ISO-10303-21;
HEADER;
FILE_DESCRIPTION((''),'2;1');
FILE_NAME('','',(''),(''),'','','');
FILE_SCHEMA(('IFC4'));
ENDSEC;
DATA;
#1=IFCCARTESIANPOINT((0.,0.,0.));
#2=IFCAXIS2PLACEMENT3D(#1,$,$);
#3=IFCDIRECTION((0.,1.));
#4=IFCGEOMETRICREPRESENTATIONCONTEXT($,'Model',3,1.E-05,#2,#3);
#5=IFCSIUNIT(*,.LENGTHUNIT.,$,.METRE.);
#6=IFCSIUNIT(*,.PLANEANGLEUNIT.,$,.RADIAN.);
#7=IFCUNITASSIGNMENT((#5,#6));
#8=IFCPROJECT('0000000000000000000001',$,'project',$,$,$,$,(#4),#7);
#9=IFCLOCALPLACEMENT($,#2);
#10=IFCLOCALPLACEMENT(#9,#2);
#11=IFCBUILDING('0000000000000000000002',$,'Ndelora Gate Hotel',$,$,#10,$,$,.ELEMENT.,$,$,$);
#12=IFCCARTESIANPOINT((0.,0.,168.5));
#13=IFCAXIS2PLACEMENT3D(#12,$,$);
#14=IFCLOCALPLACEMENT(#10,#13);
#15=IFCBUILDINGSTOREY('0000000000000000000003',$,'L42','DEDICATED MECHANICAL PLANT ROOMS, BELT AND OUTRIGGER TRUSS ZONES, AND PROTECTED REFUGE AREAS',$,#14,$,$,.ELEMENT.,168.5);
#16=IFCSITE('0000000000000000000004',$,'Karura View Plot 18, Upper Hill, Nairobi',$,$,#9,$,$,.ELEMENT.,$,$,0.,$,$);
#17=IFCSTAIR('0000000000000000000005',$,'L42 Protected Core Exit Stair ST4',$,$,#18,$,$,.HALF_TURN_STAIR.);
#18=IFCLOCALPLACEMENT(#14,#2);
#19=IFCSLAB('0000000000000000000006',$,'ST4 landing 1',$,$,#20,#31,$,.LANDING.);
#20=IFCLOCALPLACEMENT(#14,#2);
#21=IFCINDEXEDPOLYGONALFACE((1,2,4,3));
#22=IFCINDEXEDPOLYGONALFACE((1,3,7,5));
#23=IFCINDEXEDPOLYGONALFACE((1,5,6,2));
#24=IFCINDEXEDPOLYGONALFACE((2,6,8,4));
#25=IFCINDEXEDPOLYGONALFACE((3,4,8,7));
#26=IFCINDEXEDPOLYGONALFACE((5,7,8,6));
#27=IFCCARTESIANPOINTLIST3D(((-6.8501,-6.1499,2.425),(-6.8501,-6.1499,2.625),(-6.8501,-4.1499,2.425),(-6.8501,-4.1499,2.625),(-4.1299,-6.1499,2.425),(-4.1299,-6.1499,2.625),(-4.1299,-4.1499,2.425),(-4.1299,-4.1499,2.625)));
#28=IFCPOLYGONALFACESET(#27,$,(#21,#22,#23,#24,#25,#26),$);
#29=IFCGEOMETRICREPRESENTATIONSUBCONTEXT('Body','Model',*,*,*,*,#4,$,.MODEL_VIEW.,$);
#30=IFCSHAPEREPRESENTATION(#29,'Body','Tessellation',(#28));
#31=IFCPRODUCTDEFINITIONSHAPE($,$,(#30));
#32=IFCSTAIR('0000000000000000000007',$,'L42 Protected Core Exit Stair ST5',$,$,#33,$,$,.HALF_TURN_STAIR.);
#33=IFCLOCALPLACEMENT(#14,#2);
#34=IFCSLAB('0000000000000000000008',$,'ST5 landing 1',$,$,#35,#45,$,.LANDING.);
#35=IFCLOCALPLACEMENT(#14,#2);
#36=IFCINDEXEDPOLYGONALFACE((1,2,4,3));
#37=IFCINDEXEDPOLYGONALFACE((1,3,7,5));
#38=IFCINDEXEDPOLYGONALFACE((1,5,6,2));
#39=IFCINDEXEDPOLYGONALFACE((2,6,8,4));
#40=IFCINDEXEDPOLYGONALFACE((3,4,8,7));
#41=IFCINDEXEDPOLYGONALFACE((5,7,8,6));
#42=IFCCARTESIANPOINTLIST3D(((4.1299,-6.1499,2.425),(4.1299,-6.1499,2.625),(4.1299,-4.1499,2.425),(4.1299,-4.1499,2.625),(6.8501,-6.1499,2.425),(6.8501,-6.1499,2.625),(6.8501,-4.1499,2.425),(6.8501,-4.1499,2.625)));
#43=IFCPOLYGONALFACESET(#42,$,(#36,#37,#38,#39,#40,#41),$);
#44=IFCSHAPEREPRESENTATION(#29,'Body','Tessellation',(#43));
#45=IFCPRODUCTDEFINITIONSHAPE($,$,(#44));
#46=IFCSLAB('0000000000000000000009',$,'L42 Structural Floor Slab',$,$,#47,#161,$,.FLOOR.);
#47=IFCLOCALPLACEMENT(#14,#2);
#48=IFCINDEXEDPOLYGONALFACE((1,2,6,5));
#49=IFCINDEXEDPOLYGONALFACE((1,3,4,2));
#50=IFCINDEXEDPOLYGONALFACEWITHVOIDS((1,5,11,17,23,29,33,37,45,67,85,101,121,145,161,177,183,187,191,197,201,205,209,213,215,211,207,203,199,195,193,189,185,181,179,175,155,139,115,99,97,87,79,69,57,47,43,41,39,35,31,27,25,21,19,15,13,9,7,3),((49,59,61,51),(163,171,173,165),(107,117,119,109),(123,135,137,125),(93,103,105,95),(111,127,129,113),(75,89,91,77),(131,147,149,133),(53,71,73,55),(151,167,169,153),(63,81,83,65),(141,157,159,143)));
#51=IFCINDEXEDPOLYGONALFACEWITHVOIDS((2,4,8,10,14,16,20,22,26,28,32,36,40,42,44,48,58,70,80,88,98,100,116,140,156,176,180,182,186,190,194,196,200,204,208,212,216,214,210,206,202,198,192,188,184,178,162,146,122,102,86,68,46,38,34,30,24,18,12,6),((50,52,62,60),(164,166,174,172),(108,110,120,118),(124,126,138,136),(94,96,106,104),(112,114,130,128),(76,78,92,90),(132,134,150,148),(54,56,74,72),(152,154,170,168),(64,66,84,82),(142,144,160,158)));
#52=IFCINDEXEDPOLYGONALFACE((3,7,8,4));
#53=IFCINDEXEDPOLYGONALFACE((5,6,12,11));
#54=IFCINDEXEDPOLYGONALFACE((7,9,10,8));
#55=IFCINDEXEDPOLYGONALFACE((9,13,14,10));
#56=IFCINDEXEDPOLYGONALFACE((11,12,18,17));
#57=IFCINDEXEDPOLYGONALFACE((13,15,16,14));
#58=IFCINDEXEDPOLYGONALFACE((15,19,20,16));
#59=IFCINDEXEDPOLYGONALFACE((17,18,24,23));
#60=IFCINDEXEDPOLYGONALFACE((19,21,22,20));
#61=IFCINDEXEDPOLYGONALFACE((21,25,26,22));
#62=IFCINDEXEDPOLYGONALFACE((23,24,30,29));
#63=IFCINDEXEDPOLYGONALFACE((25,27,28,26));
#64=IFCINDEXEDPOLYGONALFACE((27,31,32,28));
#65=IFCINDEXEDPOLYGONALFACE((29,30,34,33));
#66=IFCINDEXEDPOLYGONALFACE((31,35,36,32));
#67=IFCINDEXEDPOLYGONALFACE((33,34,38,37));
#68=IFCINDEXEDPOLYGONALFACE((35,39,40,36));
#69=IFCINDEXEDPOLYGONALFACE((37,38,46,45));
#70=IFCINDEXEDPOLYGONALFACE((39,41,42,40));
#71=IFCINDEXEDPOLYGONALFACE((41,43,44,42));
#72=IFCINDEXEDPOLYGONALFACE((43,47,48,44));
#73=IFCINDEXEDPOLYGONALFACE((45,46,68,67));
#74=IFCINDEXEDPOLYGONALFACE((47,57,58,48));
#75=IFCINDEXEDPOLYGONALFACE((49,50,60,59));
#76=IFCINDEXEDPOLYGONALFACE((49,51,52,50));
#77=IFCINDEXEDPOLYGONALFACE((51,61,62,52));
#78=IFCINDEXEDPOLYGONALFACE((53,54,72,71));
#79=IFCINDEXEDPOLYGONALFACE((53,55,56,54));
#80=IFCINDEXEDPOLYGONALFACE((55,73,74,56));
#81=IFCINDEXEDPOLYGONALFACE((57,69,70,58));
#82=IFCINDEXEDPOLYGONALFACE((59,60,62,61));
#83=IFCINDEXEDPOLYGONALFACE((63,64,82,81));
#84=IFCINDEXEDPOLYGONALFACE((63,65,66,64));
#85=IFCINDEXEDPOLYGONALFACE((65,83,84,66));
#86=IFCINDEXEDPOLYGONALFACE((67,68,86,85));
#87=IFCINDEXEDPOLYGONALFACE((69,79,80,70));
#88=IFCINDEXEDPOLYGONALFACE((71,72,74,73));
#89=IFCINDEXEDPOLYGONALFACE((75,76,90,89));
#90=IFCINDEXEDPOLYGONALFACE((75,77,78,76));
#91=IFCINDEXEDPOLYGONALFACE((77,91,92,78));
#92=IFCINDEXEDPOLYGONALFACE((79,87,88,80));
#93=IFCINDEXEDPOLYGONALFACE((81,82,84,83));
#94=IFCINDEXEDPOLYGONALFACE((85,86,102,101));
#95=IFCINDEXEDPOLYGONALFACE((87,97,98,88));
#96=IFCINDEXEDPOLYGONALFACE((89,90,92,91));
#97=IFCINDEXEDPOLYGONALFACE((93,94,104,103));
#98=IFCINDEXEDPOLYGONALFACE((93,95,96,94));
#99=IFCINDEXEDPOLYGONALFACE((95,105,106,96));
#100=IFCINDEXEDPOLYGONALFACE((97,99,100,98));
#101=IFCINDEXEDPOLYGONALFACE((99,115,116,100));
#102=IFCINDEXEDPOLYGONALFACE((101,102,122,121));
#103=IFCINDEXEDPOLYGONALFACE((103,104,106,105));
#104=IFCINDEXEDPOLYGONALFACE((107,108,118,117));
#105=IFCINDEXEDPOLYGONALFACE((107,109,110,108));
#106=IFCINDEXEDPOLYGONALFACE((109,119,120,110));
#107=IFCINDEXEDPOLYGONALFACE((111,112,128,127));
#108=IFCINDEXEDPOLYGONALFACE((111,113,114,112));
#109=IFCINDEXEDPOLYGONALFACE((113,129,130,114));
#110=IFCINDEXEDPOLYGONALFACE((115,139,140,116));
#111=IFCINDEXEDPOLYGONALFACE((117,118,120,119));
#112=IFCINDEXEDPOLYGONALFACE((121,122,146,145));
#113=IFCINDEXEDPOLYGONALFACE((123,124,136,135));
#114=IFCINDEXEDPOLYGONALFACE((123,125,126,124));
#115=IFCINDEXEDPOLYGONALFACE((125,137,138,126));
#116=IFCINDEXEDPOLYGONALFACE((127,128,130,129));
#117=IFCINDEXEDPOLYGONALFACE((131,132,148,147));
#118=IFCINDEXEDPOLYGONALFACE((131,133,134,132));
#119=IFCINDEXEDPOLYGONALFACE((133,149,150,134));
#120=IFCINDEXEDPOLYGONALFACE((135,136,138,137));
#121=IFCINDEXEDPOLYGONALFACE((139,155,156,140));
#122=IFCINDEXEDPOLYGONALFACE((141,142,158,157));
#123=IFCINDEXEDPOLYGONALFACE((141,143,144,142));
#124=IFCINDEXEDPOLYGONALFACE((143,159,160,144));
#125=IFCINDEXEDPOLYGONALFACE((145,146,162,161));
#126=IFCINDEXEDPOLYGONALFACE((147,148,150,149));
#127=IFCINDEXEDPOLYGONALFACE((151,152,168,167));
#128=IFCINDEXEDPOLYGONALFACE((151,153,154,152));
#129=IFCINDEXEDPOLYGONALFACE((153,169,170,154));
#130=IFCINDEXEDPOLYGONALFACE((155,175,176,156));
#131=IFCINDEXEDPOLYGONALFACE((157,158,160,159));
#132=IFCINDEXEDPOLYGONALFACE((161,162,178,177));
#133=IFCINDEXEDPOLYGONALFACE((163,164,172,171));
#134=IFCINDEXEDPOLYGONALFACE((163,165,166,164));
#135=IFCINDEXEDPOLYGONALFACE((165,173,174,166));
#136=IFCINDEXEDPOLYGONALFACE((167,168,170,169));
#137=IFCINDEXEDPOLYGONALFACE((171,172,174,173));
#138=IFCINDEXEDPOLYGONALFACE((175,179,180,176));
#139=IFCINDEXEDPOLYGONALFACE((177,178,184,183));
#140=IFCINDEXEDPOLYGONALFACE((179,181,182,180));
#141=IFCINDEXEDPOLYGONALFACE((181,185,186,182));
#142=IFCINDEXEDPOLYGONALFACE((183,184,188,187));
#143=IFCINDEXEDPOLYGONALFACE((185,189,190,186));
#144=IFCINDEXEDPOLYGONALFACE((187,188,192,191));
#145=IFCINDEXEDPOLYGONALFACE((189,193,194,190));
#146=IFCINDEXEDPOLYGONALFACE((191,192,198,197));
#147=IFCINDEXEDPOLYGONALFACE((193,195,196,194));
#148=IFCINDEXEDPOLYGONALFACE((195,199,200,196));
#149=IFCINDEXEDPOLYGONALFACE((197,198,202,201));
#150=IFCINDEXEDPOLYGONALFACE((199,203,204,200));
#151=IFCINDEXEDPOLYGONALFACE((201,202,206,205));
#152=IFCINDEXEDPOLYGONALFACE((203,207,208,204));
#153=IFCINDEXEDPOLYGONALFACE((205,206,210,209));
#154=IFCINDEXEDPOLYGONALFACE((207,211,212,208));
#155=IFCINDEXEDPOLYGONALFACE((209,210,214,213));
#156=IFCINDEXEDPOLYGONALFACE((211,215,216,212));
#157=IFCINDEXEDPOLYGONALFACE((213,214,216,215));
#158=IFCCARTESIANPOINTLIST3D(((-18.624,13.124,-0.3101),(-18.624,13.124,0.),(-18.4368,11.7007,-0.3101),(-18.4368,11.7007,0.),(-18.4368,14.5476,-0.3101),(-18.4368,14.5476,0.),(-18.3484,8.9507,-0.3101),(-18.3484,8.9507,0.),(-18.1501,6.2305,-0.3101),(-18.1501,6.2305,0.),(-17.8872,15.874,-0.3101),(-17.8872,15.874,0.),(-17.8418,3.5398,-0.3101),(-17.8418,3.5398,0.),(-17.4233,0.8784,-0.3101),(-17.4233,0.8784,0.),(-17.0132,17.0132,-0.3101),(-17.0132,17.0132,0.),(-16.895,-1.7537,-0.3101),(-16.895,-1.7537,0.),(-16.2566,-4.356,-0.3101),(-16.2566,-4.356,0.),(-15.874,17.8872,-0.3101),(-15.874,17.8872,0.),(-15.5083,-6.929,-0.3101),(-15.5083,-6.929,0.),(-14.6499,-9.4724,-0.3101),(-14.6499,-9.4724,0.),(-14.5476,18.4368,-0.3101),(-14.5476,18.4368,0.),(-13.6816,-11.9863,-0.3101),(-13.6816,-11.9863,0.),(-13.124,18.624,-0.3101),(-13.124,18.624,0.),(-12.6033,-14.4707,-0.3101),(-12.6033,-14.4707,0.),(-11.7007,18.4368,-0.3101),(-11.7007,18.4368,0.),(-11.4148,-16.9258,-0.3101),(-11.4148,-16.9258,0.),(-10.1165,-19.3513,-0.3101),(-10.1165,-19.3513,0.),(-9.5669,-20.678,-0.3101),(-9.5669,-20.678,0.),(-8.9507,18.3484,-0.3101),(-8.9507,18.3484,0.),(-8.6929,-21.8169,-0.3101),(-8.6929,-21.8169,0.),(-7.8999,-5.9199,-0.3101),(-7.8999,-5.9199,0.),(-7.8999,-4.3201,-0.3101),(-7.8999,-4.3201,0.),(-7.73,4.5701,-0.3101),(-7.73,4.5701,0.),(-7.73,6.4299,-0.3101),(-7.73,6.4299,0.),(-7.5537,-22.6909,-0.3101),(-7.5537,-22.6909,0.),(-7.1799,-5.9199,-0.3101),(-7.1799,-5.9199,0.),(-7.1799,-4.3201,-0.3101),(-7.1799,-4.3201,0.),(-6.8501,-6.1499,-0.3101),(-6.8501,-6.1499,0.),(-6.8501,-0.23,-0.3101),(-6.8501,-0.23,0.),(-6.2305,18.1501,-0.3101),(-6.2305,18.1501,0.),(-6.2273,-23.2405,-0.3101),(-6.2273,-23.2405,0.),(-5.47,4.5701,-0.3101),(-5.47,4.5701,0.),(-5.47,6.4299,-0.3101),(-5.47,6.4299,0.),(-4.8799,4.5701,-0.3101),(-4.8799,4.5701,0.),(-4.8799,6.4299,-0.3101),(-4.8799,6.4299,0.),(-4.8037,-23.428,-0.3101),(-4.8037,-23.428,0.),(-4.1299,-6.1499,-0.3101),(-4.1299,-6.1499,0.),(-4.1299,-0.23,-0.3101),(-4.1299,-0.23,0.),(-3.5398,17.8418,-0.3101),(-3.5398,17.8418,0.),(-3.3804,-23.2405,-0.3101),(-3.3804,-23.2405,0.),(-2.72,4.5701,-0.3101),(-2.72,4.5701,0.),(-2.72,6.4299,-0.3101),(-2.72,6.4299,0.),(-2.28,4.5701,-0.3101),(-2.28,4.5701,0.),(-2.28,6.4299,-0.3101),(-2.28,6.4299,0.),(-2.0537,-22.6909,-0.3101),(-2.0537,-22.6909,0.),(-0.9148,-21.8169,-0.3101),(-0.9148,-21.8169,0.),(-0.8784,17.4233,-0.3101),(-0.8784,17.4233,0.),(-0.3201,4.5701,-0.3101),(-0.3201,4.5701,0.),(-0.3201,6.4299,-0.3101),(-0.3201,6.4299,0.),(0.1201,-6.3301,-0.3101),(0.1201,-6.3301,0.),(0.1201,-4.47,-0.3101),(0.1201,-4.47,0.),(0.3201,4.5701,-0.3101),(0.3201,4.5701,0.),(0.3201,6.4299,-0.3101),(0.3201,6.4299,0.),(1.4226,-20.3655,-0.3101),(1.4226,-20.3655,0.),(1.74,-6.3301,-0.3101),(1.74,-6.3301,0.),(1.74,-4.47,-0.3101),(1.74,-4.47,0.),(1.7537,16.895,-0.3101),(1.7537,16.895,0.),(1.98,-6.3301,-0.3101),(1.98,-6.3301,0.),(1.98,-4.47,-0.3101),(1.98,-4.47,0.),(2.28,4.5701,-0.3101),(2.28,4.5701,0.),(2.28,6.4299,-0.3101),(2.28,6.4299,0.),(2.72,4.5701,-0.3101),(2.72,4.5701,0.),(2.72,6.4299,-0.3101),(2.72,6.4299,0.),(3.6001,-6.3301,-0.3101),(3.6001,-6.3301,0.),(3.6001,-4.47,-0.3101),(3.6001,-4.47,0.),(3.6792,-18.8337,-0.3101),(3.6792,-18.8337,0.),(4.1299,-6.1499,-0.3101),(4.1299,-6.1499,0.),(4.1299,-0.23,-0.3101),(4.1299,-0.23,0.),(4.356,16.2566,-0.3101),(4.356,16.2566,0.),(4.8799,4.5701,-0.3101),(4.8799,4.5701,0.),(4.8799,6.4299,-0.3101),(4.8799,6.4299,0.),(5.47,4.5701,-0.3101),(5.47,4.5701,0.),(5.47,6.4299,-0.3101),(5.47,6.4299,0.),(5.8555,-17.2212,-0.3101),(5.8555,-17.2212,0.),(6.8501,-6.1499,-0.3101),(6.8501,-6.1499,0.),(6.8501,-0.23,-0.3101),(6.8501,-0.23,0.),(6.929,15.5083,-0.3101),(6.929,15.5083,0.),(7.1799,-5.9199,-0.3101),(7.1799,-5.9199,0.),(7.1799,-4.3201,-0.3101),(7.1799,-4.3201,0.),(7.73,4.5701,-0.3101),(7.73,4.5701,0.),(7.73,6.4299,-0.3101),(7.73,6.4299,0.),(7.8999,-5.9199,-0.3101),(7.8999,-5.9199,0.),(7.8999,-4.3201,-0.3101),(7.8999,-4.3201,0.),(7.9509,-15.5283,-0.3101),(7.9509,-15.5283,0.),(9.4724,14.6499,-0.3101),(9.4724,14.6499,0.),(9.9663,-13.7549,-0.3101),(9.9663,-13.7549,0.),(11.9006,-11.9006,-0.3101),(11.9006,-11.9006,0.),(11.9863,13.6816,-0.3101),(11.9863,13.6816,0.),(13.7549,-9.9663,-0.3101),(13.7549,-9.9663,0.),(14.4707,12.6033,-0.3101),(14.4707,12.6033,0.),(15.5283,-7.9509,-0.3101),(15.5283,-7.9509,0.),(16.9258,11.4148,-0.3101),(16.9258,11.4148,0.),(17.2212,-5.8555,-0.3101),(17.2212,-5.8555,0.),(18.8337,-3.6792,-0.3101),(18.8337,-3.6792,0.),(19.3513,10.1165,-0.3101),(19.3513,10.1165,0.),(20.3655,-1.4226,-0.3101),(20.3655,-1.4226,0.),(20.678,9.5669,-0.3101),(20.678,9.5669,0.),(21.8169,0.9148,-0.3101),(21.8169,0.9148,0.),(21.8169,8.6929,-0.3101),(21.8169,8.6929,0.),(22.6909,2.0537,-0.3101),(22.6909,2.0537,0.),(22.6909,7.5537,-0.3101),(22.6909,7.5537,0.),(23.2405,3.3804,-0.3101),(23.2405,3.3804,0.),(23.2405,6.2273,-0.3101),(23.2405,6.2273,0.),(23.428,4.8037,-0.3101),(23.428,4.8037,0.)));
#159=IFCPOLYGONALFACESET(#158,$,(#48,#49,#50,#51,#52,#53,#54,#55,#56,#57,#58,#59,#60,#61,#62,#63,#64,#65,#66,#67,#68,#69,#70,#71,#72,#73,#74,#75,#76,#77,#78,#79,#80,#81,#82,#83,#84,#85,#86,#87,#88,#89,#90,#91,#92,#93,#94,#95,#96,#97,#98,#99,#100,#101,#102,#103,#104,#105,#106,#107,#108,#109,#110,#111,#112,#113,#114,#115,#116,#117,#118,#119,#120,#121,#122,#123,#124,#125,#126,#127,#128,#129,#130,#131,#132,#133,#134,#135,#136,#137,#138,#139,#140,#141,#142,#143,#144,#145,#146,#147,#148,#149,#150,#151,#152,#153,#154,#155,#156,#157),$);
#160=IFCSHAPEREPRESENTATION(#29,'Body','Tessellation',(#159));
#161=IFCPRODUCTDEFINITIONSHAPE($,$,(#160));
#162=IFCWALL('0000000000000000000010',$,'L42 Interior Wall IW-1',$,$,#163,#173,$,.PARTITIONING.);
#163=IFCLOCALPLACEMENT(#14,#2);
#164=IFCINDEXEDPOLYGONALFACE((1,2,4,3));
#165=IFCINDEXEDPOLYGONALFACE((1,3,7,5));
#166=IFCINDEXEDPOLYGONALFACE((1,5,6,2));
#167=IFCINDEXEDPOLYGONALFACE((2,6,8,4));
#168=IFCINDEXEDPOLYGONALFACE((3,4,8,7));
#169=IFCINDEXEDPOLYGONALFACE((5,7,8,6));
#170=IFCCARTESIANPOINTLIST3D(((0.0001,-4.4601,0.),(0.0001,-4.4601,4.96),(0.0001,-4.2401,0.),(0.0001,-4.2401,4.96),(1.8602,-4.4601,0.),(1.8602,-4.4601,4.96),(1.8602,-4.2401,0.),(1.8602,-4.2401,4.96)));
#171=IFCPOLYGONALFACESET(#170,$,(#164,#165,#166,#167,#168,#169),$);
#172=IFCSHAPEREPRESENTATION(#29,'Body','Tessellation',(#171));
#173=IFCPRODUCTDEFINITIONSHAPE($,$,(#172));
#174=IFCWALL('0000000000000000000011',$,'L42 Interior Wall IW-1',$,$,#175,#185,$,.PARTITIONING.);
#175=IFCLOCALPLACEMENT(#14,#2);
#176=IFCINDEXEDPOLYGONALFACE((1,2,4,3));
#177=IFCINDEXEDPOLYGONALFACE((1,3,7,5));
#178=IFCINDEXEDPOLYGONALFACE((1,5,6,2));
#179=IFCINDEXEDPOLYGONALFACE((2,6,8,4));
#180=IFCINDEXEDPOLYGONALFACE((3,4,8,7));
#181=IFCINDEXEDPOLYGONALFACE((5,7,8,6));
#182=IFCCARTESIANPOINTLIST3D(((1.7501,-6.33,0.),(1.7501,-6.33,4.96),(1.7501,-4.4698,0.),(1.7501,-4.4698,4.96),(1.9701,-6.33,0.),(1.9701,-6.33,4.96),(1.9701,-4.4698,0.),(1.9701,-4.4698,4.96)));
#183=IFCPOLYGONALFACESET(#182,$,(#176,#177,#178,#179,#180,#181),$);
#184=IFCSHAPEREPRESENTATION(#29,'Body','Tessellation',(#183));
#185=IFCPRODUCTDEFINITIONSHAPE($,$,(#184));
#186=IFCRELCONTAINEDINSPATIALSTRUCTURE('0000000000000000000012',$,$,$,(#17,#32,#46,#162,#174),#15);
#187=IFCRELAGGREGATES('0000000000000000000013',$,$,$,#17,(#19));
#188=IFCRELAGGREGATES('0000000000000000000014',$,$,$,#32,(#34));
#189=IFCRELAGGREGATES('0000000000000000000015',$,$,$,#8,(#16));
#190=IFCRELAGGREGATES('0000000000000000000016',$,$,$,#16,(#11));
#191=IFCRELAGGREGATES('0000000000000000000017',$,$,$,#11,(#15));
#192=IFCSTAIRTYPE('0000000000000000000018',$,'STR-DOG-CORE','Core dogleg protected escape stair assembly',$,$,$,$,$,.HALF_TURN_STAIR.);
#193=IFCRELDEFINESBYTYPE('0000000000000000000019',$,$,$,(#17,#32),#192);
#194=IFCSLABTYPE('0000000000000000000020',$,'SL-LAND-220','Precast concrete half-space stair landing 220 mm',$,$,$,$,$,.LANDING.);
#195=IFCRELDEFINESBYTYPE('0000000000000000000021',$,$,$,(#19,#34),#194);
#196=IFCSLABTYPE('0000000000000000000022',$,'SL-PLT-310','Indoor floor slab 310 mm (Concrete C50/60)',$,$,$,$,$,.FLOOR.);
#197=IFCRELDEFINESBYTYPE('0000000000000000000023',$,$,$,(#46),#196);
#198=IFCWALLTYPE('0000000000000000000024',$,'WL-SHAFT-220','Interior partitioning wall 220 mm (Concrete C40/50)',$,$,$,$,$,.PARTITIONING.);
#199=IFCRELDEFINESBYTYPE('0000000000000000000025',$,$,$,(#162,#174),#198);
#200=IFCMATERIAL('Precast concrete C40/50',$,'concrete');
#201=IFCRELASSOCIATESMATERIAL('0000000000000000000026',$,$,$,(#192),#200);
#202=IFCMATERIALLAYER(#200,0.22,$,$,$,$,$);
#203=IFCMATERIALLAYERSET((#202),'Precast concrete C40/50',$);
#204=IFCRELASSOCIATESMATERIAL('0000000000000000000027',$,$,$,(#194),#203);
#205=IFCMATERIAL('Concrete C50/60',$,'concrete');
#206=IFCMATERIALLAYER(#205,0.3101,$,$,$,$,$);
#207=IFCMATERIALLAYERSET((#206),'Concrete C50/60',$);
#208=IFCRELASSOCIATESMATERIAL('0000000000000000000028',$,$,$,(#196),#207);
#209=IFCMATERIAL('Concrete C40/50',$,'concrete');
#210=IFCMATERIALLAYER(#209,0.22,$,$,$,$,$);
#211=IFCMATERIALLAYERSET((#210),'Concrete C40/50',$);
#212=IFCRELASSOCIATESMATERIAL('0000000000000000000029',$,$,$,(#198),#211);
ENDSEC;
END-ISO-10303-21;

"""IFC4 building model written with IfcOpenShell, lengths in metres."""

from ifc_helpers import new_model, si_unit, direction, frame, frame_2d, origin, place, context, subcontext, project, spatial, polyline, rectangle, outline, extrude, material, layer, layer_set, type_object, element, aggregate, save


model = new_model("IFC4")

# Units and contexts
model_context = context("Model", 3, precision=1e-05, world=origin(), true_north=direction((0.0, 1.0)))
body_context = subcontext(model_context, "Body", "Model", "MODEL_VIEW")
ifc_project = project(units=[si_unit("LENGTHUNIT", "METRE"), si_unit("PLANEANGLEUNIT", "RADIAN")], contexts=[model_context])

# Site, building, storey
site_placement = place(None, origin())
site = spatial("IfcSite", under=ifc_project, at=site_placement, Name="Karura View Plot 18, Upper Hill, Nairobi", CompositionType="ELEMENT", RefElevation=0.0)
building_placement = place(site_placement, origin())
building = spatial("IfcBuilding", under=site, at=building_placement, Name="Ndelora Gate Hotel", CompositionType="ELEMENT")
storey_placement = place(building_placement, frame((0.0, 0.0, 168.5)))
storey = spatial("IfcBuildingStorey", under=building, at=storey_placement, Name="L42", Description="DEDICATED MECHANICAL PLANT ROOMS, BELT AND OUTRIGGER TRUSS ZONES, AND PROTECTED REFUGE AREAS", CompositionType="ELEMENT", Elevation=168.5)

# Stairs, slabs
ifc_material_1 = material(Name="Precast concrete C40/50", Category="concrete")
stair_type = type_object("IfcStairType", Name="STR-DOG-CORE", Description="Core dogleg protected escape stair assembly", PredefinedType="HALF_TURN_STAIR", material=ifc_material_1)
stair_1_placement = place(storey_placement, origin())
stair_1 = element("IfcStair", 1, at=stair_1_placement, inside=storey, type_object=stair_type, Name="L42 Protected Core Exit Stair ST4", PredefinedType="HALF_TURN_STAIR")
ifc_layer_1 = layer(ifc_material_1, 0.22)
ifc_layer_set_1 = layer_set([ifc_layer_1], Name="Precast concrete C40/50")
slab_type_1 = type_object("IfcSlabType", Name="SL-LAND-220", Description="Precast concrete half-space stair landing 220 mm", PredefinedType="LANDING", material=ifc_layer_set_1)
slab_1_placement = place(storey_placement, frame((0.0, 0.0, 2.425)))
slab_1 = element("IfcSlab", 2, at=slab_1_placement, type_object=slab_type_1, Name="ST4 landing 1", PredefinedType="LANDING", context=body_context, shape_type="SweptSolid", body=[
    extrude(outline(polyline([(-6.8501, -4.1499), (-6.8501, -6.1499), (-4.1299, -6.1499), (-4.1299, -4.1499), (-6.8501, -4.1499)])), origin(), (0.0, 0.0, 1.0), 0.2),
])
aggregate(stair_1, [slab_1])
stair_2_placement = place(storey_placement, origin())
stair_2 = element("IfcStair", 3, at=stair_2_placement, inside=storey, type_object=stair_type, Name="L42 Protected Core Exit Stair ST5", PredefinedType="HALF_TURN_STAIR")
slab_2_placement = place(storey_placement, frame((0.0, 0.0, 2.425)))
slab_2 = element("IfcSlab", 4, at=slab_2_placement, type_object=slab_type_1, Name="ST5 landing 1", PredefinedType="LANDING", context=body_context, shape_type="SweptSolid", body=[
    extrude(outline(polyline([(4.1299, -4.1499), (4.1299, -6.1499), (6.8501, -6.1499), (6.8501, -4.1499), (4.1299, -4.1499)])), origin(), (0.0, 0.0, 1.0), 0.2),
])

# Slab
ifc_material_2 = material(Name="Concrete C50/60", Category="concrete")
ifc_layer_2 = layer(ifc_material_2, 0.3101)
ifc_layer_set_2 = layer_set([ifc_layer_2], Name="Concrete C50/60")
slab_type_2 = type_object("IfcSlabType", Name="SL-PLT-310", Description="Indoor floor slab 310 mm (Concrete C50/60)", PredefinedType="FLOOR", material=ifc_layer_set_2)
slab_3_placement = place(storey_placement, frame((0.0, 0.0, -0.3101)))
element("IfcSlab", 5, at=slab_3_placement, inside=storey, type_object=slab_type_2, Name="L42 Structural Floor Slab", PredefinedType="FLOOR", context=body_context, shape_type="SweptSolid", body=[
    extrude(outline(polyline([(-11.7007, 18.4368), (-13.124, 18.624), (-14.5476, 18.4368), (-15.874, 17.8872), (-17.0132, 17.0132), (-17.8872, 15.874), (-18.4368, 14.5476), (-18.624, 13.124), (-18.4368, 11.7007), (-18.3484, 8.9507), (-18.1501, 6.2305), (-17.8418, 3.5398), (-17.4233, 0.8784), (-16.895, -1.7537), (-16.2566, -4.356), (-15.5083, -6.929), (-14.6499, -9.4724), (-13.6816, -11.9863), (-12.6033, -14.4707), (-11.4148, -16.9258), (-10.1165, -19.3513), (-9.5669, -20.678), (-8.6929, -21.8169), (-7.5537, -22.6909), (-6.2273, -23.2405), (-4.8037, -23.428), (-3.3804, -23.2405), (-2.0537, -22.6909), (-0.9148, -21.8169), (1.4226, -20.3655), (3.6792, -18.8337), (5.8555, -17.2212), (7.9509, -15.5283), (9.9663, -13.7549), (11.9006, -11.9006), (13.7549, -9.9663), (15.5283, -7.9509), (17.2212, -5.8555), (18.8337, -3.6792), (20.3655, -1.4226), (21.8169, 0.9148), (22.6909, 2.0537), (23.2405, 3.3804), (23.428, 4.8037), (23.2405, 6.2273), (22.6909, 7.5537), (21.8169, 8.6929), (20.678, 9.5669), (19.3513, 10.1165), (16.9258, 11.4148), (14.4707, 12.6033), (11.9863, 13.6816), (9.4724, 14.6499), (6.929, 15.5083), (4.356, 16.2566), (1.7537, 16.895), (-0.8784, 17.4233), (-3.5398, 17.8418), (-6.2305, 18.1501), (-8.9507, 18.3484), (-11.7007, 18.4368)]), holes=[polyline([(-6.8501, -0.23), (-6.8501, -6.1499), (-4.1299, -6.1499), (-4.1299, -0.23), (-6.8501, -0.23)]), polyline([(4.1299, -0.23), (4.1299, -6.1499), (6.8501, -6.1499), (6.8501, -0.23), (4.1299, -0.23)]), polyline([(-7.73, 4.5701), (-5.47, 4.5701), (-5.47, 6.4299), (-7.73, 6.4299), (-7.73, 4.5701)]), polyline([(5.47, 4.5701), (7.73, 4.5701), (7.73, 6.4299), (5.47, 6.4299), (5.47, 4.5701)]), polyline([(-4.8799, 4.5701), (-2.72, 4.5701), (-2.72, 6.4299), (-4.8799, 6.4299), (-4.8799, 4.5701)]), polyline([(2.72, 4.5701), (4.8799, 4.5701), (4.8799, 6.4299), (2.72, 6.4299), (2.72, 4.5701)]), polyline([(0.1201, -6.3301), (1.74, -6.3301), (1.74, -4.47), (0.1201, -4.47), (0.1201, -6.3301)]), polyline([(1.98, -6.3301), (3.6001, -6.3301), (3.6001, -4.47), (1.98, -4.47), (1.98, -6.3301)]), polyline([(-2.28, 4.5701), (-0.3201, 4.5701), (-0.3201, 6.4299), (-2.28, 6.4299), (-2.28, 4.5701)]), polyline([(0.3201, 4.5701), (2.28, 4.5701), (2.28, 6.4299), (0.3201, 6.4299), (0.3201, 4.5701)]), polyline([(-7.8999, -5.9199), (-7.1799, -5.9199), (-7.1799, -4.3201), (-7.8999, -4.3201), (-7.8999, -5.9199)]), polyline([(7.1799, -5.9199), (7.8999, -5.9199), (7.8999, -4.3201), (7.1799, -4.3201), (7.1799, -5.9199)])]), origin(), (0.0, 0.0, 1.0), 0.3101),
])

# Walls
ifc_material_3 = material(Name="Concrete C40/50", Category="concrete")
ifc_layer_3 = layer(ifc_material_3, 0.22)
ifc_layer_set_3 = layer_set([ifc_layer_3], Name="Concrete C40/50")
wall_type_1 = type_object("IfcWallType", Name="WL-SHAFT-220", Description="Interior partitioning wall 220 mm (Concrete C40/50)", PredefinedType="PARTITIONING", material=ifc_layer_set_3)
for number, where, z_axis, x_axis, name in (
    (6, (0.0, -4.3501, 0.0), (0.0, 0.0, 1.0), (1.0, 0.0, 0.0), "L42 Interior Wall IW-1"),
    (7, (1.8601, -6.3301, 0.0), (0.0, 0.0, 1.0), (0.0, 1.0, 0.0), "L42 Interior Wall IW-1"),
):
    element("IfcWall", number, at=place(storey_placement, frame(where, z_axis=z_axis, x_axis=x_axis)), inside=storey, type_object=wall_type_1, Name=name, PredefinedType="PARTITIONING", context=body_context, shape_type="SweptSolid", body=[
        extrude(rectangle(XDim=1.8601, YDim=0.22, at=frame_2d((0.9302, 0.0))), origin(), (0.0, 0.0, 1.0), 4.96),
    ])

aggregate(stair_2, [slab_2])

save(model, "model.ifc")
